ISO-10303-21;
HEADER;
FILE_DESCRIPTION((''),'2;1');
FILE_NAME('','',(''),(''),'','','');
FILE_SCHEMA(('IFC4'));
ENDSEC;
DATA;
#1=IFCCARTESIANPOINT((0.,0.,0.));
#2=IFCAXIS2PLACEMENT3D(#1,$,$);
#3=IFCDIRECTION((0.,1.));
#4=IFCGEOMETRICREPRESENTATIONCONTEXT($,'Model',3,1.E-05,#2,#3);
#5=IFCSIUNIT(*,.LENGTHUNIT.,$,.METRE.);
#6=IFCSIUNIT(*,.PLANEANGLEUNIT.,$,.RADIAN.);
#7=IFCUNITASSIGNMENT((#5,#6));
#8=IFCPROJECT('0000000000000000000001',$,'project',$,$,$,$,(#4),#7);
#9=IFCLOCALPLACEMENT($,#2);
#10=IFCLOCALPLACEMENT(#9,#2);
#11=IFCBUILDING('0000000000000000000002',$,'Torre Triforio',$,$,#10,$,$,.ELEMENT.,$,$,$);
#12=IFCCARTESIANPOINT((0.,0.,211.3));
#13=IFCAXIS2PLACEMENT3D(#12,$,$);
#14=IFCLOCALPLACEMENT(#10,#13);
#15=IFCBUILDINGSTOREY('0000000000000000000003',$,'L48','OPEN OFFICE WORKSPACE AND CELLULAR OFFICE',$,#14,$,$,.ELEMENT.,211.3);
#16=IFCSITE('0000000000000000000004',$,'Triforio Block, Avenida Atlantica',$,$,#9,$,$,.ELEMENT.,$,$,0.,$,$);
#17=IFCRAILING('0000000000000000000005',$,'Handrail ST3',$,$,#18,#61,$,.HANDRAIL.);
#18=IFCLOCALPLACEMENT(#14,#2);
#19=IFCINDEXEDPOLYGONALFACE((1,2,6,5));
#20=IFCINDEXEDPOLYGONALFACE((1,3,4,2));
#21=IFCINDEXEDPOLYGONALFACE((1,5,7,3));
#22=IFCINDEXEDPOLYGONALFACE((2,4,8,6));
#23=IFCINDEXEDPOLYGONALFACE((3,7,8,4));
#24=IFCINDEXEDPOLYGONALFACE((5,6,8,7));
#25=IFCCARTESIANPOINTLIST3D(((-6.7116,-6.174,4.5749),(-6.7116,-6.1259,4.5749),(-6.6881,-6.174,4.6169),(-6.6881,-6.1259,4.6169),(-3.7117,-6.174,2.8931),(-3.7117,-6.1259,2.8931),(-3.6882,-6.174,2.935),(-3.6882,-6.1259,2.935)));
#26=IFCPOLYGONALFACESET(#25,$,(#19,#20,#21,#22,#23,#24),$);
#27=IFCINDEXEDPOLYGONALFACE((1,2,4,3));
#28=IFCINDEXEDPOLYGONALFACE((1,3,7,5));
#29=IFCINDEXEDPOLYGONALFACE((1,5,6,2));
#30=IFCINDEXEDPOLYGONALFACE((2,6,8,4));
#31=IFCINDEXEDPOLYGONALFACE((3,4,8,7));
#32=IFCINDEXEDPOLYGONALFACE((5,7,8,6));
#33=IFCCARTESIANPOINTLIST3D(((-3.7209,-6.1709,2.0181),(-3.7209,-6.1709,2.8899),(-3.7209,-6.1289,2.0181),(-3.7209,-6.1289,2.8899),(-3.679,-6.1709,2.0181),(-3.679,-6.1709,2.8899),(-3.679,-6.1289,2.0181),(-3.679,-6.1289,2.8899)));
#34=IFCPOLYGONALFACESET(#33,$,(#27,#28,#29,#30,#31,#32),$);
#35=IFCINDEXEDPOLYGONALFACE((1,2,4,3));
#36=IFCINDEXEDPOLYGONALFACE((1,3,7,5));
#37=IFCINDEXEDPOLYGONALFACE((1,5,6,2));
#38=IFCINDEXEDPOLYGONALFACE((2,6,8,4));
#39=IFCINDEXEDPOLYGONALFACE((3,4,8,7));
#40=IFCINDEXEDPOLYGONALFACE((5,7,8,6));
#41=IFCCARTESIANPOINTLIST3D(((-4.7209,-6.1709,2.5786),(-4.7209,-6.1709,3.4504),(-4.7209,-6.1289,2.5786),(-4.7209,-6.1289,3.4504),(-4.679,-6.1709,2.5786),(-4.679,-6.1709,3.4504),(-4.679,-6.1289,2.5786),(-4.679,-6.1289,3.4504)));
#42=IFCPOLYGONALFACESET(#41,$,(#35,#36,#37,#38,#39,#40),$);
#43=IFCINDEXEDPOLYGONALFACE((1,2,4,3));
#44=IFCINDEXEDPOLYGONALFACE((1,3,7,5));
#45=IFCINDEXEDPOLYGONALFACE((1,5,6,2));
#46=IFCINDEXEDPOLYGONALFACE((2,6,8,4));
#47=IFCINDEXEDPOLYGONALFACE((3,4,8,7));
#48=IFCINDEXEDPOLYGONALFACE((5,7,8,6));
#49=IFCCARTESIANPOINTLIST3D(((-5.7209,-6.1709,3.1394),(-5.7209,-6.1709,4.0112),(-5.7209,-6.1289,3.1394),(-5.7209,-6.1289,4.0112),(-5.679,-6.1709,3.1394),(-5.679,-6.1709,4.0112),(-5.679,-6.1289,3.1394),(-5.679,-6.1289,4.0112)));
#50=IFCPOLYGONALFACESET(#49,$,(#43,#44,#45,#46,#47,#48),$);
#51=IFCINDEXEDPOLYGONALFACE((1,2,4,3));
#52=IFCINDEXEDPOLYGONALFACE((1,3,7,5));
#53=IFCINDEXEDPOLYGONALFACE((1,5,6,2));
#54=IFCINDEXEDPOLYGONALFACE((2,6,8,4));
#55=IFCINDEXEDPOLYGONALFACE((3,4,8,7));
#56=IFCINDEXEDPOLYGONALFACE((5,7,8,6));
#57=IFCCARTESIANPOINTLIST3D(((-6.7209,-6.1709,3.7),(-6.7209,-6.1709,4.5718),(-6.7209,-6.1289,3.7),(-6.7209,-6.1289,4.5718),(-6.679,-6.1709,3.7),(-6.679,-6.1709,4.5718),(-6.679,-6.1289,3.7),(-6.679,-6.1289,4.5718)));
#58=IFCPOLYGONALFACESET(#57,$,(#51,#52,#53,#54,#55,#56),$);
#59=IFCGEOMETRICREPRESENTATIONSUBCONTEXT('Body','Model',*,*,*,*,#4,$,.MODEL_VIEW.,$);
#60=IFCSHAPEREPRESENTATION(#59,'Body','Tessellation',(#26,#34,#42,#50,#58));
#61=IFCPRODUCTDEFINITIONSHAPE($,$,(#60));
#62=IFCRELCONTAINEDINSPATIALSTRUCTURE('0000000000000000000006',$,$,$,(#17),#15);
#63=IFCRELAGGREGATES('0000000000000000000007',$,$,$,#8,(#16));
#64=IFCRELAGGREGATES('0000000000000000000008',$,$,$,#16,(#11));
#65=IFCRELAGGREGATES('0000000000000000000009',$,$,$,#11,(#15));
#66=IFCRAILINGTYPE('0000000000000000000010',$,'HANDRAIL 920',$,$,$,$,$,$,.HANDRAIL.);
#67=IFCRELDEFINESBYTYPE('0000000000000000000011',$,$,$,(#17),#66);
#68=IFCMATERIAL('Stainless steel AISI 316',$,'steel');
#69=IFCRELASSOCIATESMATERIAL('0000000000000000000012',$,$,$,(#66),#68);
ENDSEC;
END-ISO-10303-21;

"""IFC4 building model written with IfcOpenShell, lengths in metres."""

from ifc_helpers import new_model, si_unit, direction, frame, origin, origin_2d, place, context, subcontext, project, spatial, rectangle, extrude, material, type_object, element, save


model = new_model("IFC4")

# Units and contexts
model_context = context("Model", 3, precision=1e-05, world=origin(), true_north=direction((0.0, 1.0)))
body_context = subcontext(model_context, "Body", "Model", "MODEL_VIEW")
ifc_project = project(units=[si_unit("LENGTHUNIT", "METRE"), si_unit("PLANEANGLEUNIT", "RADIAN")], contexts=[model_context])

# Site, building, storey
site_placement = place(None, origin())
site = spatial("IfcSite", under=ifc_project, at=site_placement, Name="Triforio Block, Avenida Atlantica", CompositionType="ELEMENT", RefElevation=0.0)
building_placement = place(site_placement, origin())
building = spatial("IfcBuilding", under=site, at=building_placement, Name="Torre Triforio", CompositionType="ELEMENT")
storey_placement = place(building_placement, frame((0.0, 0.0, 211.3)))
storey = spatial("IfcBuildingStorey", under=building, at=storey_placement, Name="L48", Description="OPEN OFFICE WORKSPACE AND CELLULAR OFFICE", CompositionType="ELEMENT", Elevation=211.3)

# Railing
ifc_material_1 = material(Name="Stainless steel AISI 316", Category="steel")
railing_type = type_object("IfcRailingType", Name="HANDRAIL 920", PredefinedType="HANDRAIL", material=ifc_material_1)
for number, where, name in (
    (1, (-3.7, -6.1499, 2.0181), "Handrail ST3"),
):
    element("IfcRailing", number, at=place(storey_placement, frame(where)), inside=storey, type_object=railing_type, Name=name, PredefinedType="HANDRAIL", context=body_context, shape_type="SweptSolid", body=[
        extrude(rectangle(XDim=0.0481, YDim=0.0481, at=origin_2d()), frame((0.0, 0.0, 0.896), z_axis=(-0.872272, 0.0, 0.48902), x_axis=(0.0, -1.0, 0.0)), (0.0, 0.0, 1.0), 3.4392),
        extrude(rectangle(XDim=0.042, YDim=0.042, at=origin_2d()), origin(), (0.0, 0.0, 1.0), 0.8718),
        extrude(rectangle(XDim=0.042, YDim=0.042, at=origin_2d()), frame((-1.0, 0.0, 0.5605)), (0.0, 0.0, 1.0), 0.8718),
        extrude(rectangle(XDim=0.042, YDim=0.042, at=origin_2d()), frame((-2.0, 0.0, 1.1213)), (0.0, 0.0, 1.0), 0.8718),
        extrude(rectangle(XDim=0.042, YDim=0.042, at=origin_2d()), frame((-3.0, 0.0, 1.6819)), (0.0, 0.0, 1.0), 0.8718),
    ])

save(model, "model.ifc")
